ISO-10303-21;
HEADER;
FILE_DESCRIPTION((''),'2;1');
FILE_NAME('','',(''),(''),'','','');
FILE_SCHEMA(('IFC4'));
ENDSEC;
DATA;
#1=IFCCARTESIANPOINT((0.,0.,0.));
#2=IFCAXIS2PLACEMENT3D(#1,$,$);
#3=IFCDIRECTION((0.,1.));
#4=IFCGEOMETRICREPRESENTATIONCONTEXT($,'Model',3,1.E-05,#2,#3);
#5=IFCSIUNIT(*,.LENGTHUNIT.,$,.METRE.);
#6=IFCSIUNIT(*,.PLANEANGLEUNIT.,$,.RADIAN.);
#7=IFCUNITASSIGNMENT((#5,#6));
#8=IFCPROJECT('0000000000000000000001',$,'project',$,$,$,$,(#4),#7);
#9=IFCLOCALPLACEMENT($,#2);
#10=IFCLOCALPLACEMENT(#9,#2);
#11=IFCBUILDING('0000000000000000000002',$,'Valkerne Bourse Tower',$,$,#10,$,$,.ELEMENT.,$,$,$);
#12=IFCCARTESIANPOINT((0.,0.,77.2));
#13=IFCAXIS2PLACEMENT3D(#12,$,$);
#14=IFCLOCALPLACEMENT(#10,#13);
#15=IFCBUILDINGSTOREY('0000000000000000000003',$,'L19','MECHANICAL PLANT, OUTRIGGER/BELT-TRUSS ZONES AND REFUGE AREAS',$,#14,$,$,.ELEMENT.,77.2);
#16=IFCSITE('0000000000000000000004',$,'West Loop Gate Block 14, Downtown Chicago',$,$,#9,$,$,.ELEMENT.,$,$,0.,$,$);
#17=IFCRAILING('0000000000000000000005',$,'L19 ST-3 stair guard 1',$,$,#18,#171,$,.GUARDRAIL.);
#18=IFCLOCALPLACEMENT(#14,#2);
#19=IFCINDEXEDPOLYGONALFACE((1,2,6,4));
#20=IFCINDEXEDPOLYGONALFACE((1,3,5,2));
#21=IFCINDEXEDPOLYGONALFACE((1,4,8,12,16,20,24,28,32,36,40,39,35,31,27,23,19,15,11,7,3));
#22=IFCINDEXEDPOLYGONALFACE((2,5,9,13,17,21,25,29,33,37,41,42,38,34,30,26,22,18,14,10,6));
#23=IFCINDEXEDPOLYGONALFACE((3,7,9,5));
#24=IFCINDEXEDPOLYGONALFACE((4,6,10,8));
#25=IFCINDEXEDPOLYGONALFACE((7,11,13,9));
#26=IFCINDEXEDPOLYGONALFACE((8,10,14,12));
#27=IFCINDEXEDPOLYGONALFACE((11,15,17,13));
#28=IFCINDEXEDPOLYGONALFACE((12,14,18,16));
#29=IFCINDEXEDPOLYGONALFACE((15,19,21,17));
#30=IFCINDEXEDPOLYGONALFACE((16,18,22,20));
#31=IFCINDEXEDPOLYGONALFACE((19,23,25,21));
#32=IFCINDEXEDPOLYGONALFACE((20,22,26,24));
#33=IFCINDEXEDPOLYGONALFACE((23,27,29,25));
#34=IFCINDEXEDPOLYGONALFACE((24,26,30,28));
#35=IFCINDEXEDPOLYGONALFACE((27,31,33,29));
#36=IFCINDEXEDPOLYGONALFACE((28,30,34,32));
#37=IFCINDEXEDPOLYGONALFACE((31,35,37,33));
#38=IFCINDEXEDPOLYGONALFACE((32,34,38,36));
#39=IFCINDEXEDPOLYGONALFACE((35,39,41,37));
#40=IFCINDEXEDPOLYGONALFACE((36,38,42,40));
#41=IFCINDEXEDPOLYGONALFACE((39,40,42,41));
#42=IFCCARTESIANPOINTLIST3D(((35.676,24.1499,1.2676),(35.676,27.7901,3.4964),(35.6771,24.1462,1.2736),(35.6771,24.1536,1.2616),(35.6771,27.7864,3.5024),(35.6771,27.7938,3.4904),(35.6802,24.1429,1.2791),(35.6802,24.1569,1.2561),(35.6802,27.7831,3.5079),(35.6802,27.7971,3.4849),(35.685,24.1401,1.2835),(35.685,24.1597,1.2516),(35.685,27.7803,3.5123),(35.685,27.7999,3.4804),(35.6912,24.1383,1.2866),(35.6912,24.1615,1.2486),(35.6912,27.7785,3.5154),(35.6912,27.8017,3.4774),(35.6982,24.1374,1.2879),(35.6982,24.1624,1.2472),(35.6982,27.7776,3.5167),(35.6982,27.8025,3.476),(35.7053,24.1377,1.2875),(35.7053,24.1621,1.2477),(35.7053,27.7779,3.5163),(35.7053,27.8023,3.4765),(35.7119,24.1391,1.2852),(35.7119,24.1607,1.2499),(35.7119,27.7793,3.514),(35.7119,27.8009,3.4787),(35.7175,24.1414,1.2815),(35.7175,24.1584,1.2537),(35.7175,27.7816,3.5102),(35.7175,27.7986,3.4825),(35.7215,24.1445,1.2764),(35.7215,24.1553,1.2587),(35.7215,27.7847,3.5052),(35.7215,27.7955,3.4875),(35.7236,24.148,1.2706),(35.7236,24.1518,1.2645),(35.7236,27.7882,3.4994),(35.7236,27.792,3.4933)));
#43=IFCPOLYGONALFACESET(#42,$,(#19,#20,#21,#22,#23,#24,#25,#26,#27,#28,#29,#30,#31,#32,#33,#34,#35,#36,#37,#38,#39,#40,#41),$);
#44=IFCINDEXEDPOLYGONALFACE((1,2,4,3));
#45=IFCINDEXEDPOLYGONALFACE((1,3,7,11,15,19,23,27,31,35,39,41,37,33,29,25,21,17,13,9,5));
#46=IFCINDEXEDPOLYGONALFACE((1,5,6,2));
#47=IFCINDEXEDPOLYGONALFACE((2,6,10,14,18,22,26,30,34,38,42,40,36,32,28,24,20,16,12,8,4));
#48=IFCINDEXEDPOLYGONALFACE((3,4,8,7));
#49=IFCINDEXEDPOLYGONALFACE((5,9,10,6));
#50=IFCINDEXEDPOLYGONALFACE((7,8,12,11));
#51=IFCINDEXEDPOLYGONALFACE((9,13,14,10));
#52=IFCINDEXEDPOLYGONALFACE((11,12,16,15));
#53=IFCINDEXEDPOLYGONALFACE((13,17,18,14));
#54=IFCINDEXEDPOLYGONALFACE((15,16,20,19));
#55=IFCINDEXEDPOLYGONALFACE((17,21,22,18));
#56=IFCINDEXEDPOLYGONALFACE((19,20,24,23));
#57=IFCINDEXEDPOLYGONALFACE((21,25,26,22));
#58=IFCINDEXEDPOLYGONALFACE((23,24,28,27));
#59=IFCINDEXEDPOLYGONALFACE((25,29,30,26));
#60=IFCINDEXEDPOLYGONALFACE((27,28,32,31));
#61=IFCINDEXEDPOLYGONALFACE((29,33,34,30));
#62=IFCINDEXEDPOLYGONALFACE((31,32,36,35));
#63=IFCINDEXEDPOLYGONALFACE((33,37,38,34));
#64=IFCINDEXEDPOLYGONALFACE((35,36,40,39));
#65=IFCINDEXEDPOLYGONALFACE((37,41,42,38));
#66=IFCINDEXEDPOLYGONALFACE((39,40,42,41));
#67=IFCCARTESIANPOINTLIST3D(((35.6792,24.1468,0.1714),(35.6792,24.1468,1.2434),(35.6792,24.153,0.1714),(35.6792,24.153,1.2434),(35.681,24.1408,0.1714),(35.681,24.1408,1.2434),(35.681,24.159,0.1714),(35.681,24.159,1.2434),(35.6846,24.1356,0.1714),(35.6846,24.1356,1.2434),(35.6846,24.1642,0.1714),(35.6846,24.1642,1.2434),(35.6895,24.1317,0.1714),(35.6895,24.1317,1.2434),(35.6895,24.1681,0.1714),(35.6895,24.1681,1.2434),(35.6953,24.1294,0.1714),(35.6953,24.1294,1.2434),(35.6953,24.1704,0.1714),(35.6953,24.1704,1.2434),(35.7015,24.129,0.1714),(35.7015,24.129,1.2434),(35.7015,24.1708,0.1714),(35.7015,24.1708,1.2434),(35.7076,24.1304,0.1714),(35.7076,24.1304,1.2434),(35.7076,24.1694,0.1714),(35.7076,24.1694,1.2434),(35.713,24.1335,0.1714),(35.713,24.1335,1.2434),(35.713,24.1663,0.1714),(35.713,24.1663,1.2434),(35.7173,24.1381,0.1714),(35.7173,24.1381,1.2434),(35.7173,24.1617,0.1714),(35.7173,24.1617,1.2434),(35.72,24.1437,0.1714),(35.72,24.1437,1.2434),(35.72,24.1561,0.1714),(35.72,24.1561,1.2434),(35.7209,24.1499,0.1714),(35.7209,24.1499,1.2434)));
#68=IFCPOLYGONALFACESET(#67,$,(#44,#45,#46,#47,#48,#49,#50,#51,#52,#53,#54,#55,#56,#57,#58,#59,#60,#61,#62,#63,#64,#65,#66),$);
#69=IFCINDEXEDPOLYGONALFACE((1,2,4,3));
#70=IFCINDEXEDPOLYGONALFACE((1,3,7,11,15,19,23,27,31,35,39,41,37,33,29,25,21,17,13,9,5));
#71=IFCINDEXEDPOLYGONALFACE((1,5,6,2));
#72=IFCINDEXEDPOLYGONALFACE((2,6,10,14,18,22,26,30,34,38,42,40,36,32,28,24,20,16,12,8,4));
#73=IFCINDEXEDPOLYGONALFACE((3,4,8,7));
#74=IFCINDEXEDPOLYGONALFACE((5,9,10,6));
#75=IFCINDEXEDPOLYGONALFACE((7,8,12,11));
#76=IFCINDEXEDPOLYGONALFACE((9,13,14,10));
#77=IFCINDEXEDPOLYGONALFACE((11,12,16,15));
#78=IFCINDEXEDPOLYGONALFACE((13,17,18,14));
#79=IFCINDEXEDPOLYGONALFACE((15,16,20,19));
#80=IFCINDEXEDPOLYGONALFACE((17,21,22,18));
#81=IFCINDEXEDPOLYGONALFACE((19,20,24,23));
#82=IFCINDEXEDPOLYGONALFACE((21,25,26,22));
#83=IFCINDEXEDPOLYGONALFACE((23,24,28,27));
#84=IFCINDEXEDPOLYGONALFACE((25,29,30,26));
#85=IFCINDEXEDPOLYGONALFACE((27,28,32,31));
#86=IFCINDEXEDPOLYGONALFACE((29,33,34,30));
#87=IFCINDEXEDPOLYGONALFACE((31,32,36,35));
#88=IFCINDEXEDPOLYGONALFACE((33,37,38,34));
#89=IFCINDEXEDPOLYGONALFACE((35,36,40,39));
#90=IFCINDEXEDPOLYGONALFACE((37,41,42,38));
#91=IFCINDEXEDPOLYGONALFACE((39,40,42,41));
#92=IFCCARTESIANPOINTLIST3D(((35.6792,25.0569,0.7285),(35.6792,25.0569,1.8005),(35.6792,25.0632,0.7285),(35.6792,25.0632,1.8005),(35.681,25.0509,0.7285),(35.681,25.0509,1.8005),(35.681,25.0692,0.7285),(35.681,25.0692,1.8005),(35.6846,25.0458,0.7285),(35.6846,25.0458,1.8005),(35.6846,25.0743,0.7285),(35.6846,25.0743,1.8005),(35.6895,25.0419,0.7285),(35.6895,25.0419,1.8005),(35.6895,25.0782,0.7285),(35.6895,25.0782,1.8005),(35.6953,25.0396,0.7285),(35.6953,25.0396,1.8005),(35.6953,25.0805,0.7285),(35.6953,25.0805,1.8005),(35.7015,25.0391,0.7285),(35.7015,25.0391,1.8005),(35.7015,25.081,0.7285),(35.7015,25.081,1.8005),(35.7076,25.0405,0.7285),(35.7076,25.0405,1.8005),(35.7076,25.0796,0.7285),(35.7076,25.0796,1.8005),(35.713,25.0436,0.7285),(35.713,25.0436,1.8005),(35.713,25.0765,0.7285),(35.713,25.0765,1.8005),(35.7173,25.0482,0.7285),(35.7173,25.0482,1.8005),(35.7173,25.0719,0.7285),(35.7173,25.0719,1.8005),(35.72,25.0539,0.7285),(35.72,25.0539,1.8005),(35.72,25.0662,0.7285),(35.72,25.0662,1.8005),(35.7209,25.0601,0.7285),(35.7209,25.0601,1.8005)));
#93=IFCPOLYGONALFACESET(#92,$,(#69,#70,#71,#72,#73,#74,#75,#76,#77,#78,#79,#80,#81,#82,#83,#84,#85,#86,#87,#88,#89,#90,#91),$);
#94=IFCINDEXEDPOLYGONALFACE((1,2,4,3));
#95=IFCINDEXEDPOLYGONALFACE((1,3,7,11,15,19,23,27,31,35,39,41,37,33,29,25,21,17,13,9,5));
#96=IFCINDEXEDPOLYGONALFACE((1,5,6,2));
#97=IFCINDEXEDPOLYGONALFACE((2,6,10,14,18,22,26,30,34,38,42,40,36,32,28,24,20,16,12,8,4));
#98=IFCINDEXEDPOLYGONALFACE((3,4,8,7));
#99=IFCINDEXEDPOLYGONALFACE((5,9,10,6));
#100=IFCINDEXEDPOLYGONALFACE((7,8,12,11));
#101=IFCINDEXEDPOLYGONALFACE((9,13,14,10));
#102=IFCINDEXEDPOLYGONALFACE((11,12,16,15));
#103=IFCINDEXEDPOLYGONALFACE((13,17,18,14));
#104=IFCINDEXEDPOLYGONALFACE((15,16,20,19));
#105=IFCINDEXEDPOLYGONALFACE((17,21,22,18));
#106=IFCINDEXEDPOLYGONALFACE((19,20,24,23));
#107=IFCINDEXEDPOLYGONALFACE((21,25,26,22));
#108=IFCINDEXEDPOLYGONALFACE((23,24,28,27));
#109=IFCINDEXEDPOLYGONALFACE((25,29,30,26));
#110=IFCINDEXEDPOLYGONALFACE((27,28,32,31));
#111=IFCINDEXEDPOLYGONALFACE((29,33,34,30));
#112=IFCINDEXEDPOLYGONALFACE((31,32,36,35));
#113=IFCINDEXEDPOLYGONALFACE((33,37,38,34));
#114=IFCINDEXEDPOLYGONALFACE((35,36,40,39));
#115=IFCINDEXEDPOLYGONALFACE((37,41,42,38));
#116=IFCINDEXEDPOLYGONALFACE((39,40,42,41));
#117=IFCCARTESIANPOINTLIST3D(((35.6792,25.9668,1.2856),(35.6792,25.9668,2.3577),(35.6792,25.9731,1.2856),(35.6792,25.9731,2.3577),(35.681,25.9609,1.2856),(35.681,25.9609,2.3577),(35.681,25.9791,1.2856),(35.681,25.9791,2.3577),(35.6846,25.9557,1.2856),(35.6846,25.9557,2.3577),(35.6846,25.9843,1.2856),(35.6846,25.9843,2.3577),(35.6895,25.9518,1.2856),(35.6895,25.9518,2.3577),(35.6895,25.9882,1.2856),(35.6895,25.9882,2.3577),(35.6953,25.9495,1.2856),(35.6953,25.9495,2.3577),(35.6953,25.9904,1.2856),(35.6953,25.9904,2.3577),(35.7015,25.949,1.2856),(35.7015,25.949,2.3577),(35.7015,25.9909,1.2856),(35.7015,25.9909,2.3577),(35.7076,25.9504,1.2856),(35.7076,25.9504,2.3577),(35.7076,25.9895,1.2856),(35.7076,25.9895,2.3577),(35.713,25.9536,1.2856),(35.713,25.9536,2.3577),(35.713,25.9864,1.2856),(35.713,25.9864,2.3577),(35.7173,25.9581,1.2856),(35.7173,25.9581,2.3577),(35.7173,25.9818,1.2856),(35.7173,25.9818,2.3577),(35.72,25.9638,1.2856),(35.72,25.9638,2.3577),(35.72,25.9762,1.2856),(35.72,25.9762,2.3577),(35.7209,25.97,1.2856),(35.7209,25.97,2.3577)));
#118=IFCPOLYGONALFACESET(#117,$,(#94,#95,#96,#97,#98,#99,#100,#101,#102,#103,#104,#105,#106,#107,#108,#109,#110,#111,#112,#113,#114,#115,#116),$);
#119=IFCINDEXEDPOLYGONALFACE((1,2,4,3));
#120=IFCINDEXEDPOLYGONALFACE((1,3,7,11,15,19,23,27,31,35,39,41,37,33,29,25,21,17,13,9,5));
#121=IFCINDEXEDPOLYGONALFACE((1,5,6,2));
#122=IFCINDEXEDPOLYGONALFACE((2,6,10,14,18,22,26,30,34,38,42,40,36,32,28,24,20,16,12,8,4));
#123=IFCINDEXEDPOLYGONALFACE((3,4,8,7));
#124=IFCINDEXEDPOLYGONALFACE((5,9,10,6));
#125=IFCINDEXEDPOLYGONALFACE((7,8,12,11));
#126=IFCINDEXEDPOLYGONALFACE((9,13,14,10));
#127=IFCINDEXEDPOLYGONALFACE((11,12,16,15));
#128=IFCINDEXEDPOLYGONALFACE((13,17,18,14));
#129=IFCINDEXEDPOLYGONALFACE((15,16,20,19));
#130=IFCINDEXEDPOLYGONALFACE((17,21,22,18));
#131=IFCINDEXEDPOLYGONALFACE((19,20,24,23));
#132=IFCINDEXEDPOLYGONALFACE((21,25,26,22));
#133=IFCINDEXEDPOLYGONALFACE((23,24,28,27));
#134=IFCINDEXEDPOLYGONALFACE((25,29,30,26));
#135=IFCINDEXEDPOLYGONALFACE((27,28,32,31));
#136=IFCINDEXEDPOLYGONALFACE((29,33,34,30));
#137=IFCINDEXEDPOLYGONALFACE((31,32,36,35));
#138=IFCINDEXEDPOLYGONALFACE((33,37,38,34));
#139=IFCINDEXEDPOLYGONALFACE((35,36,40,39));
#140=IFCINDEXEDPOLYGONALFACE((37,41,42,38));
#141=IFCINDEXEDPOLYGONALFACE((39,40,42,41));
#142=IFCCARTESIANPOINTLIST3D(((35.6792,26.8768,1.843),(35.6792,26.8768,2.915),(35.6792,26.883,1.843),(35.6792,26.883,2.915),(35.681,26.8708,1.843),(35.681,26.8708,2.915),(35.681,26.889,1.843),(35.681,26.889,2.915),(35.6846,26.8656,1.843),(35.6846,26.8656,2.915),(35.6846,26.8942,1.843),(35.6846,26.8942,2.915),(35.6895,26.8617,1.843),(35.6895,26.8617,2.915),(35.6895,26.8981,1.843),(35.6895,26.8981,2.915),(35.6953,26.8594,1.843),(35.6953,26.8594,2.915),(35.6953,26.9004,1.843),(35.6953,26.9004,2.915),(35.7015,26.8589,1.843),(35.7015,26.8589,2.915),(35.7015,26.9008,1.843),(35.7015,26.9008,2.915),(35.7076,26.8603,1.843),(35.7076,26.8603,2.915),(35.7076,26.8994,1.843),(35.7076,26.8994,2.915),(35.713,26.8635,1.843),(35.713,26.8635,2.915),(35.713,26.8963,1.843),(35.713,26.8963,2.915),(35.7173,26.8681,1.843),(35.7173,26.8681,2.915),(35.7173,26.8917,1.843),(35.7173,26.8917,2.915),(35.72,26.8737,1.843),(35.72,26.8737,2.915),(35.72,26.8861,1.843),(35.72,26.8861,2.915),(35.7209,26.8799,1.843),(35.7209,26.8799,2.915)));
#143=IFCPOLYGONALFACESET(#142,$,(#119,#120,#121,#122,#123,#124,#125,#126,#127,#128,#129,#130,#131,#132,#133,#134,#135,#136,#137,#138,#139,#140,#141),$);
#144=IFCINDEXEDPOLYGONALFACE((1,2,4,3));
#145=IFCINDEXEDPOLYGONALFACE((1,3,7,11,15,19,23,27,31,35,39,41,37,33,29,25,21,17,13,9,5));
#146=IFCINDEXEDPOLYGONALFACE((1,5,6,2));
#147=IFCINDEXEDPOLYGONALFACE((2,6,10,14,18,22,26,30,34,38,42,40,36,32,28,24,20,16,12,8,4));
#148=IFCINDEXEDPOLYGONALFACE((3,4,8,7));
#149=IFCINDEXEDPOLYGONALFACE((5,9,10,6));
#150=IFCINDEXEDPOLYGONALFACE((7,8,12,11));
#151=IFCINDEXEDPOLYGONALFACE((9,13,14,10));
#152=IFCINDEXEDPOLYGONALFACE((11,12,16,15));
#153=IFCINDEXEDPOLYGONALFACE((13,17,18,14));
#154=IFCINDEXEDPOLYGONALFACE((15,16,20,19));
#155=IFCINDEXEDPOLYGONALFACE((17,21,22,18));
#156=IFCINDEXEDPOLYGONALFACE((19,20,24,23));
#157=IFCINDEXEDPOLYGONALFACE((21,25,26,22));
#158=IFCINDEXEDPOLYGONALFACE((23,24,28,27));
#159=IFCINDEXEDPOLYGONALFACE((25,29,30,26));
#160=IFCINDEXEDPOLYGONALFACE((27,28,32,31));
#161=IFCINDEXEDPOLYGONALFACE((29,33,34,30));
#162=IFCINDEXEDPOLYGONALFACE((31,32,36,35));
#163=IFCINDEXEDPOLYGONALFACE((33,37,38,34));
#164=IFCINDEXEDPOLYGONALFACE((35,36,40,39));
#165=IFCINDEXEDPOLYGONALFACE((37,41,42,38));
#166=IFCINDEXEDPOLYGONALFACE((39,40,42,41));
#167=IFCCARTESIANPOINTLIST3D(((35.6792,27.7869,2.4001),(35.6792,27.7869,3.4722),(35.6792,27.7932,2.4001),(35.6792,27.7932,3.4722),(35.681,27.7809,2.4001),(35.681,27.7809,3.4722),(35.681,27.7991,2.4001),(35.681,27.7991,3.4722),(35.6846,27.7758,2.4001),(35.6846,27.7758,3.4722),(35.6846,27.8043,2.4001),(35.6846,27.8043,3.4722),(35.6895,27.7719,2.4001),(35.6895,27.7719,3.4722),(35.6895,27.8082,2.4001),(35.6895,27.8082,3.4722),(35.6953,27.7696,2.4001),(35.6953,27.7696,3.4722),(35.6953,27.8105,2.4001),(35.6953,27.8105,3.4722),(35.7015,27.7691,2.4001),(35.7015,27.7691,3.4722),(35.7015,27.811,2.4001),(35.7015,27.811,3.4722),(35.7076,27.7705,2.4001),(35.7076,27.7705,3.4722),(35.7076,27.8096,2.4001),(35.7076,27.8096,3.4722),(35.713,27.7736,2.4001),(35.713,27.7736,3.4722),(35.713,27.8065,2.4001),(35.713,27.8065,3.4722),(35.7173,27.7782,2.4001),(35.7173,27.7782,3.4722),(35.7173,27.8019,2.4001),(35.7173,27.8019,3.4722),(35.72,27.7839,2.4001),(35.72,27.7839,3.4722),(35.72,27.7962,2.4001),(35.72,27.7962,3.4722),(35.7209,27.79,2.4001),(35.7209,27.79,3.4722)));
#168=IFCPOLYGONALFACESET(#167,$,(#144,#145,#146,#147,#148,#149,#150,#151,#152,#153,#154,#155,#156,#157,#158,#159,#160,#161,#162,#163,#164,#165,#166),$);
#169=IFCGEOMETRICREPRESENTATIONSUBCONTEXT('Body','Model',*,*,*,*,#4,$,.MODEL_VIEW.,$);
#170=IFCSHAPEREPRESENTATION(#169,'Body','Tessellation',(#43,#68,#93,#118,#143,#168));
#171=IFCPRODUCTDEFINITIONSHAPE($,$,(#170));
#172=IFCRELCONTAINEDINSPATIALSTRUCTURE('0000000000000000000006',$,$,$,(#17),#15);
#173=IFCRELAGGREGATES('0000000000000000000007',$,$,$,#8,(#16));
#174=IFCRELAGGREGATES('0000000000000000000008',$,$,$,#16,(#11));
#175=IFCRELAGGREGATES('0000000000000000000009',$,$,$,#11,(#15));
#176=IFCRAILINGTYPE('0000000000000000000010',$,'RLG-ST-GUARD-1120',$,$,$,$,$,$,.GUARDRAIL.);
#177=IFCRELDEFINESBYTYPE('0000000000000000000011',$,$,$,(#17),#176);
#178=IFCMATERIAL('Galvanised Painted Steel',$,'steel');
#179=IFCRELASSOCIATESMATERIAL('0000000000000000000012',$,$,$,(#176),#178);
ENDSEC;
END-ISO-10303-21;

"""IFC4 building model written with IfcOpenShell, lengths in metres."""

from ifc_helpers import new_model, si_unit, direction, frame, origin, origin_2d, place, context, subcontext, project, spatial, circle, extrude, material, type_object, element, save


model = new_model("IFC4")

# Units and contexts
model_context = context("Model", 3, precision=1e-05, world=origin(), true_north=direction((0.0, 1.0)))
body_context = subcontext(model_context, "Body", "Model", "MODEL_VIEW")
ifc_project = project(units=[si_unit("LENGTHUNIT", "METRE"), si_unit("PLANEANGLEUNIT", "RADIAN")], contexts=[model_context])

# Site, building, storey
site_placement = place(None, origin())
site = spatial("IfcSite", under=ifc_project, at=site_placement, Name="West Loop Gate Block 14, Downtown Chicago", CompositionType="ELEMENT", RefElevation=0.0)
building_placement = place(site_placement, origin())
building = spatial("IfcBuilding", under=site, at=building_placement, Name="Valkerne Bourse Tower", CompositionType="ELEMENT")
storey_placement = place(building_placement, frame((0.0, 0.0, 77.2)))
storey = spatial("IfcBuildingStorey", under=building, at=storey_placement, Name="L19", Description="MECHANICAL PLANT, OUTRIGGER/BELT-TRUSS ZONES AND REFUGE AREAS", CompositionType="ELEMENT", Elevation=77.2)

# Shared definitions
ifc_material_1 = material(Name="Galvanised Painted Steel", Category="steel")

# Railing
railing_type_1 = type_object("IfcRailingType", Name="RLG-ST-GUARD-1120", PredefinedType="GUARDRAIL", material=ifc_material_1)
railing_1_placement = place(storey_placement, frame((35.7, 24.1499, 0.1714)))
element("IfcRailing", 1, at=railing_1_placement, inside=storey, type_object=railing_type_1, Name="L19 ST-3 stair guard 1", PredefinedType="GUARDRAIL", context=body_context, shape_type="SweptSolid", body=[
    extrude(circle(Radius=0.0239, at=origin_2d()), frame((0.0, 0.0, 1.0962), z_axis=(0.0, 0.85284, 0.522172), x_axis=(-1.0, 0.0, 0.0)), (0.0, 0.0, 1.0), 4.2683),
    extrude(circle(Radius=0.021, at=origin_2d()), origin(), (0.0, 0.0, 1.0), 1.072),
    extrude(circle(Radius=0.021, at=origin_2d()), frame((0.0, 0.9102, 0.5571)), (0.0, 0.0, 1.0), 1.072),
    extrude(circle(Radius=0.021, at=origin_2d()), frame((0.0, 1.8201, 1.1143)), (0.0, 0.0, 1.0), 1.072),
    extrude(circle(Radius=0.021, at=origin_2d()), frame((0.0, 2.73, 1.6716)), (0.0, 0.0, 1.0), 1.072),
    extrude(circle(Radius=0.021, at=origin_2d()), frame((0.0, 3.6401, 2.2288)), (0.0, 0.0, 1.0), 1.072),
])

save(model, "model.ifc")
